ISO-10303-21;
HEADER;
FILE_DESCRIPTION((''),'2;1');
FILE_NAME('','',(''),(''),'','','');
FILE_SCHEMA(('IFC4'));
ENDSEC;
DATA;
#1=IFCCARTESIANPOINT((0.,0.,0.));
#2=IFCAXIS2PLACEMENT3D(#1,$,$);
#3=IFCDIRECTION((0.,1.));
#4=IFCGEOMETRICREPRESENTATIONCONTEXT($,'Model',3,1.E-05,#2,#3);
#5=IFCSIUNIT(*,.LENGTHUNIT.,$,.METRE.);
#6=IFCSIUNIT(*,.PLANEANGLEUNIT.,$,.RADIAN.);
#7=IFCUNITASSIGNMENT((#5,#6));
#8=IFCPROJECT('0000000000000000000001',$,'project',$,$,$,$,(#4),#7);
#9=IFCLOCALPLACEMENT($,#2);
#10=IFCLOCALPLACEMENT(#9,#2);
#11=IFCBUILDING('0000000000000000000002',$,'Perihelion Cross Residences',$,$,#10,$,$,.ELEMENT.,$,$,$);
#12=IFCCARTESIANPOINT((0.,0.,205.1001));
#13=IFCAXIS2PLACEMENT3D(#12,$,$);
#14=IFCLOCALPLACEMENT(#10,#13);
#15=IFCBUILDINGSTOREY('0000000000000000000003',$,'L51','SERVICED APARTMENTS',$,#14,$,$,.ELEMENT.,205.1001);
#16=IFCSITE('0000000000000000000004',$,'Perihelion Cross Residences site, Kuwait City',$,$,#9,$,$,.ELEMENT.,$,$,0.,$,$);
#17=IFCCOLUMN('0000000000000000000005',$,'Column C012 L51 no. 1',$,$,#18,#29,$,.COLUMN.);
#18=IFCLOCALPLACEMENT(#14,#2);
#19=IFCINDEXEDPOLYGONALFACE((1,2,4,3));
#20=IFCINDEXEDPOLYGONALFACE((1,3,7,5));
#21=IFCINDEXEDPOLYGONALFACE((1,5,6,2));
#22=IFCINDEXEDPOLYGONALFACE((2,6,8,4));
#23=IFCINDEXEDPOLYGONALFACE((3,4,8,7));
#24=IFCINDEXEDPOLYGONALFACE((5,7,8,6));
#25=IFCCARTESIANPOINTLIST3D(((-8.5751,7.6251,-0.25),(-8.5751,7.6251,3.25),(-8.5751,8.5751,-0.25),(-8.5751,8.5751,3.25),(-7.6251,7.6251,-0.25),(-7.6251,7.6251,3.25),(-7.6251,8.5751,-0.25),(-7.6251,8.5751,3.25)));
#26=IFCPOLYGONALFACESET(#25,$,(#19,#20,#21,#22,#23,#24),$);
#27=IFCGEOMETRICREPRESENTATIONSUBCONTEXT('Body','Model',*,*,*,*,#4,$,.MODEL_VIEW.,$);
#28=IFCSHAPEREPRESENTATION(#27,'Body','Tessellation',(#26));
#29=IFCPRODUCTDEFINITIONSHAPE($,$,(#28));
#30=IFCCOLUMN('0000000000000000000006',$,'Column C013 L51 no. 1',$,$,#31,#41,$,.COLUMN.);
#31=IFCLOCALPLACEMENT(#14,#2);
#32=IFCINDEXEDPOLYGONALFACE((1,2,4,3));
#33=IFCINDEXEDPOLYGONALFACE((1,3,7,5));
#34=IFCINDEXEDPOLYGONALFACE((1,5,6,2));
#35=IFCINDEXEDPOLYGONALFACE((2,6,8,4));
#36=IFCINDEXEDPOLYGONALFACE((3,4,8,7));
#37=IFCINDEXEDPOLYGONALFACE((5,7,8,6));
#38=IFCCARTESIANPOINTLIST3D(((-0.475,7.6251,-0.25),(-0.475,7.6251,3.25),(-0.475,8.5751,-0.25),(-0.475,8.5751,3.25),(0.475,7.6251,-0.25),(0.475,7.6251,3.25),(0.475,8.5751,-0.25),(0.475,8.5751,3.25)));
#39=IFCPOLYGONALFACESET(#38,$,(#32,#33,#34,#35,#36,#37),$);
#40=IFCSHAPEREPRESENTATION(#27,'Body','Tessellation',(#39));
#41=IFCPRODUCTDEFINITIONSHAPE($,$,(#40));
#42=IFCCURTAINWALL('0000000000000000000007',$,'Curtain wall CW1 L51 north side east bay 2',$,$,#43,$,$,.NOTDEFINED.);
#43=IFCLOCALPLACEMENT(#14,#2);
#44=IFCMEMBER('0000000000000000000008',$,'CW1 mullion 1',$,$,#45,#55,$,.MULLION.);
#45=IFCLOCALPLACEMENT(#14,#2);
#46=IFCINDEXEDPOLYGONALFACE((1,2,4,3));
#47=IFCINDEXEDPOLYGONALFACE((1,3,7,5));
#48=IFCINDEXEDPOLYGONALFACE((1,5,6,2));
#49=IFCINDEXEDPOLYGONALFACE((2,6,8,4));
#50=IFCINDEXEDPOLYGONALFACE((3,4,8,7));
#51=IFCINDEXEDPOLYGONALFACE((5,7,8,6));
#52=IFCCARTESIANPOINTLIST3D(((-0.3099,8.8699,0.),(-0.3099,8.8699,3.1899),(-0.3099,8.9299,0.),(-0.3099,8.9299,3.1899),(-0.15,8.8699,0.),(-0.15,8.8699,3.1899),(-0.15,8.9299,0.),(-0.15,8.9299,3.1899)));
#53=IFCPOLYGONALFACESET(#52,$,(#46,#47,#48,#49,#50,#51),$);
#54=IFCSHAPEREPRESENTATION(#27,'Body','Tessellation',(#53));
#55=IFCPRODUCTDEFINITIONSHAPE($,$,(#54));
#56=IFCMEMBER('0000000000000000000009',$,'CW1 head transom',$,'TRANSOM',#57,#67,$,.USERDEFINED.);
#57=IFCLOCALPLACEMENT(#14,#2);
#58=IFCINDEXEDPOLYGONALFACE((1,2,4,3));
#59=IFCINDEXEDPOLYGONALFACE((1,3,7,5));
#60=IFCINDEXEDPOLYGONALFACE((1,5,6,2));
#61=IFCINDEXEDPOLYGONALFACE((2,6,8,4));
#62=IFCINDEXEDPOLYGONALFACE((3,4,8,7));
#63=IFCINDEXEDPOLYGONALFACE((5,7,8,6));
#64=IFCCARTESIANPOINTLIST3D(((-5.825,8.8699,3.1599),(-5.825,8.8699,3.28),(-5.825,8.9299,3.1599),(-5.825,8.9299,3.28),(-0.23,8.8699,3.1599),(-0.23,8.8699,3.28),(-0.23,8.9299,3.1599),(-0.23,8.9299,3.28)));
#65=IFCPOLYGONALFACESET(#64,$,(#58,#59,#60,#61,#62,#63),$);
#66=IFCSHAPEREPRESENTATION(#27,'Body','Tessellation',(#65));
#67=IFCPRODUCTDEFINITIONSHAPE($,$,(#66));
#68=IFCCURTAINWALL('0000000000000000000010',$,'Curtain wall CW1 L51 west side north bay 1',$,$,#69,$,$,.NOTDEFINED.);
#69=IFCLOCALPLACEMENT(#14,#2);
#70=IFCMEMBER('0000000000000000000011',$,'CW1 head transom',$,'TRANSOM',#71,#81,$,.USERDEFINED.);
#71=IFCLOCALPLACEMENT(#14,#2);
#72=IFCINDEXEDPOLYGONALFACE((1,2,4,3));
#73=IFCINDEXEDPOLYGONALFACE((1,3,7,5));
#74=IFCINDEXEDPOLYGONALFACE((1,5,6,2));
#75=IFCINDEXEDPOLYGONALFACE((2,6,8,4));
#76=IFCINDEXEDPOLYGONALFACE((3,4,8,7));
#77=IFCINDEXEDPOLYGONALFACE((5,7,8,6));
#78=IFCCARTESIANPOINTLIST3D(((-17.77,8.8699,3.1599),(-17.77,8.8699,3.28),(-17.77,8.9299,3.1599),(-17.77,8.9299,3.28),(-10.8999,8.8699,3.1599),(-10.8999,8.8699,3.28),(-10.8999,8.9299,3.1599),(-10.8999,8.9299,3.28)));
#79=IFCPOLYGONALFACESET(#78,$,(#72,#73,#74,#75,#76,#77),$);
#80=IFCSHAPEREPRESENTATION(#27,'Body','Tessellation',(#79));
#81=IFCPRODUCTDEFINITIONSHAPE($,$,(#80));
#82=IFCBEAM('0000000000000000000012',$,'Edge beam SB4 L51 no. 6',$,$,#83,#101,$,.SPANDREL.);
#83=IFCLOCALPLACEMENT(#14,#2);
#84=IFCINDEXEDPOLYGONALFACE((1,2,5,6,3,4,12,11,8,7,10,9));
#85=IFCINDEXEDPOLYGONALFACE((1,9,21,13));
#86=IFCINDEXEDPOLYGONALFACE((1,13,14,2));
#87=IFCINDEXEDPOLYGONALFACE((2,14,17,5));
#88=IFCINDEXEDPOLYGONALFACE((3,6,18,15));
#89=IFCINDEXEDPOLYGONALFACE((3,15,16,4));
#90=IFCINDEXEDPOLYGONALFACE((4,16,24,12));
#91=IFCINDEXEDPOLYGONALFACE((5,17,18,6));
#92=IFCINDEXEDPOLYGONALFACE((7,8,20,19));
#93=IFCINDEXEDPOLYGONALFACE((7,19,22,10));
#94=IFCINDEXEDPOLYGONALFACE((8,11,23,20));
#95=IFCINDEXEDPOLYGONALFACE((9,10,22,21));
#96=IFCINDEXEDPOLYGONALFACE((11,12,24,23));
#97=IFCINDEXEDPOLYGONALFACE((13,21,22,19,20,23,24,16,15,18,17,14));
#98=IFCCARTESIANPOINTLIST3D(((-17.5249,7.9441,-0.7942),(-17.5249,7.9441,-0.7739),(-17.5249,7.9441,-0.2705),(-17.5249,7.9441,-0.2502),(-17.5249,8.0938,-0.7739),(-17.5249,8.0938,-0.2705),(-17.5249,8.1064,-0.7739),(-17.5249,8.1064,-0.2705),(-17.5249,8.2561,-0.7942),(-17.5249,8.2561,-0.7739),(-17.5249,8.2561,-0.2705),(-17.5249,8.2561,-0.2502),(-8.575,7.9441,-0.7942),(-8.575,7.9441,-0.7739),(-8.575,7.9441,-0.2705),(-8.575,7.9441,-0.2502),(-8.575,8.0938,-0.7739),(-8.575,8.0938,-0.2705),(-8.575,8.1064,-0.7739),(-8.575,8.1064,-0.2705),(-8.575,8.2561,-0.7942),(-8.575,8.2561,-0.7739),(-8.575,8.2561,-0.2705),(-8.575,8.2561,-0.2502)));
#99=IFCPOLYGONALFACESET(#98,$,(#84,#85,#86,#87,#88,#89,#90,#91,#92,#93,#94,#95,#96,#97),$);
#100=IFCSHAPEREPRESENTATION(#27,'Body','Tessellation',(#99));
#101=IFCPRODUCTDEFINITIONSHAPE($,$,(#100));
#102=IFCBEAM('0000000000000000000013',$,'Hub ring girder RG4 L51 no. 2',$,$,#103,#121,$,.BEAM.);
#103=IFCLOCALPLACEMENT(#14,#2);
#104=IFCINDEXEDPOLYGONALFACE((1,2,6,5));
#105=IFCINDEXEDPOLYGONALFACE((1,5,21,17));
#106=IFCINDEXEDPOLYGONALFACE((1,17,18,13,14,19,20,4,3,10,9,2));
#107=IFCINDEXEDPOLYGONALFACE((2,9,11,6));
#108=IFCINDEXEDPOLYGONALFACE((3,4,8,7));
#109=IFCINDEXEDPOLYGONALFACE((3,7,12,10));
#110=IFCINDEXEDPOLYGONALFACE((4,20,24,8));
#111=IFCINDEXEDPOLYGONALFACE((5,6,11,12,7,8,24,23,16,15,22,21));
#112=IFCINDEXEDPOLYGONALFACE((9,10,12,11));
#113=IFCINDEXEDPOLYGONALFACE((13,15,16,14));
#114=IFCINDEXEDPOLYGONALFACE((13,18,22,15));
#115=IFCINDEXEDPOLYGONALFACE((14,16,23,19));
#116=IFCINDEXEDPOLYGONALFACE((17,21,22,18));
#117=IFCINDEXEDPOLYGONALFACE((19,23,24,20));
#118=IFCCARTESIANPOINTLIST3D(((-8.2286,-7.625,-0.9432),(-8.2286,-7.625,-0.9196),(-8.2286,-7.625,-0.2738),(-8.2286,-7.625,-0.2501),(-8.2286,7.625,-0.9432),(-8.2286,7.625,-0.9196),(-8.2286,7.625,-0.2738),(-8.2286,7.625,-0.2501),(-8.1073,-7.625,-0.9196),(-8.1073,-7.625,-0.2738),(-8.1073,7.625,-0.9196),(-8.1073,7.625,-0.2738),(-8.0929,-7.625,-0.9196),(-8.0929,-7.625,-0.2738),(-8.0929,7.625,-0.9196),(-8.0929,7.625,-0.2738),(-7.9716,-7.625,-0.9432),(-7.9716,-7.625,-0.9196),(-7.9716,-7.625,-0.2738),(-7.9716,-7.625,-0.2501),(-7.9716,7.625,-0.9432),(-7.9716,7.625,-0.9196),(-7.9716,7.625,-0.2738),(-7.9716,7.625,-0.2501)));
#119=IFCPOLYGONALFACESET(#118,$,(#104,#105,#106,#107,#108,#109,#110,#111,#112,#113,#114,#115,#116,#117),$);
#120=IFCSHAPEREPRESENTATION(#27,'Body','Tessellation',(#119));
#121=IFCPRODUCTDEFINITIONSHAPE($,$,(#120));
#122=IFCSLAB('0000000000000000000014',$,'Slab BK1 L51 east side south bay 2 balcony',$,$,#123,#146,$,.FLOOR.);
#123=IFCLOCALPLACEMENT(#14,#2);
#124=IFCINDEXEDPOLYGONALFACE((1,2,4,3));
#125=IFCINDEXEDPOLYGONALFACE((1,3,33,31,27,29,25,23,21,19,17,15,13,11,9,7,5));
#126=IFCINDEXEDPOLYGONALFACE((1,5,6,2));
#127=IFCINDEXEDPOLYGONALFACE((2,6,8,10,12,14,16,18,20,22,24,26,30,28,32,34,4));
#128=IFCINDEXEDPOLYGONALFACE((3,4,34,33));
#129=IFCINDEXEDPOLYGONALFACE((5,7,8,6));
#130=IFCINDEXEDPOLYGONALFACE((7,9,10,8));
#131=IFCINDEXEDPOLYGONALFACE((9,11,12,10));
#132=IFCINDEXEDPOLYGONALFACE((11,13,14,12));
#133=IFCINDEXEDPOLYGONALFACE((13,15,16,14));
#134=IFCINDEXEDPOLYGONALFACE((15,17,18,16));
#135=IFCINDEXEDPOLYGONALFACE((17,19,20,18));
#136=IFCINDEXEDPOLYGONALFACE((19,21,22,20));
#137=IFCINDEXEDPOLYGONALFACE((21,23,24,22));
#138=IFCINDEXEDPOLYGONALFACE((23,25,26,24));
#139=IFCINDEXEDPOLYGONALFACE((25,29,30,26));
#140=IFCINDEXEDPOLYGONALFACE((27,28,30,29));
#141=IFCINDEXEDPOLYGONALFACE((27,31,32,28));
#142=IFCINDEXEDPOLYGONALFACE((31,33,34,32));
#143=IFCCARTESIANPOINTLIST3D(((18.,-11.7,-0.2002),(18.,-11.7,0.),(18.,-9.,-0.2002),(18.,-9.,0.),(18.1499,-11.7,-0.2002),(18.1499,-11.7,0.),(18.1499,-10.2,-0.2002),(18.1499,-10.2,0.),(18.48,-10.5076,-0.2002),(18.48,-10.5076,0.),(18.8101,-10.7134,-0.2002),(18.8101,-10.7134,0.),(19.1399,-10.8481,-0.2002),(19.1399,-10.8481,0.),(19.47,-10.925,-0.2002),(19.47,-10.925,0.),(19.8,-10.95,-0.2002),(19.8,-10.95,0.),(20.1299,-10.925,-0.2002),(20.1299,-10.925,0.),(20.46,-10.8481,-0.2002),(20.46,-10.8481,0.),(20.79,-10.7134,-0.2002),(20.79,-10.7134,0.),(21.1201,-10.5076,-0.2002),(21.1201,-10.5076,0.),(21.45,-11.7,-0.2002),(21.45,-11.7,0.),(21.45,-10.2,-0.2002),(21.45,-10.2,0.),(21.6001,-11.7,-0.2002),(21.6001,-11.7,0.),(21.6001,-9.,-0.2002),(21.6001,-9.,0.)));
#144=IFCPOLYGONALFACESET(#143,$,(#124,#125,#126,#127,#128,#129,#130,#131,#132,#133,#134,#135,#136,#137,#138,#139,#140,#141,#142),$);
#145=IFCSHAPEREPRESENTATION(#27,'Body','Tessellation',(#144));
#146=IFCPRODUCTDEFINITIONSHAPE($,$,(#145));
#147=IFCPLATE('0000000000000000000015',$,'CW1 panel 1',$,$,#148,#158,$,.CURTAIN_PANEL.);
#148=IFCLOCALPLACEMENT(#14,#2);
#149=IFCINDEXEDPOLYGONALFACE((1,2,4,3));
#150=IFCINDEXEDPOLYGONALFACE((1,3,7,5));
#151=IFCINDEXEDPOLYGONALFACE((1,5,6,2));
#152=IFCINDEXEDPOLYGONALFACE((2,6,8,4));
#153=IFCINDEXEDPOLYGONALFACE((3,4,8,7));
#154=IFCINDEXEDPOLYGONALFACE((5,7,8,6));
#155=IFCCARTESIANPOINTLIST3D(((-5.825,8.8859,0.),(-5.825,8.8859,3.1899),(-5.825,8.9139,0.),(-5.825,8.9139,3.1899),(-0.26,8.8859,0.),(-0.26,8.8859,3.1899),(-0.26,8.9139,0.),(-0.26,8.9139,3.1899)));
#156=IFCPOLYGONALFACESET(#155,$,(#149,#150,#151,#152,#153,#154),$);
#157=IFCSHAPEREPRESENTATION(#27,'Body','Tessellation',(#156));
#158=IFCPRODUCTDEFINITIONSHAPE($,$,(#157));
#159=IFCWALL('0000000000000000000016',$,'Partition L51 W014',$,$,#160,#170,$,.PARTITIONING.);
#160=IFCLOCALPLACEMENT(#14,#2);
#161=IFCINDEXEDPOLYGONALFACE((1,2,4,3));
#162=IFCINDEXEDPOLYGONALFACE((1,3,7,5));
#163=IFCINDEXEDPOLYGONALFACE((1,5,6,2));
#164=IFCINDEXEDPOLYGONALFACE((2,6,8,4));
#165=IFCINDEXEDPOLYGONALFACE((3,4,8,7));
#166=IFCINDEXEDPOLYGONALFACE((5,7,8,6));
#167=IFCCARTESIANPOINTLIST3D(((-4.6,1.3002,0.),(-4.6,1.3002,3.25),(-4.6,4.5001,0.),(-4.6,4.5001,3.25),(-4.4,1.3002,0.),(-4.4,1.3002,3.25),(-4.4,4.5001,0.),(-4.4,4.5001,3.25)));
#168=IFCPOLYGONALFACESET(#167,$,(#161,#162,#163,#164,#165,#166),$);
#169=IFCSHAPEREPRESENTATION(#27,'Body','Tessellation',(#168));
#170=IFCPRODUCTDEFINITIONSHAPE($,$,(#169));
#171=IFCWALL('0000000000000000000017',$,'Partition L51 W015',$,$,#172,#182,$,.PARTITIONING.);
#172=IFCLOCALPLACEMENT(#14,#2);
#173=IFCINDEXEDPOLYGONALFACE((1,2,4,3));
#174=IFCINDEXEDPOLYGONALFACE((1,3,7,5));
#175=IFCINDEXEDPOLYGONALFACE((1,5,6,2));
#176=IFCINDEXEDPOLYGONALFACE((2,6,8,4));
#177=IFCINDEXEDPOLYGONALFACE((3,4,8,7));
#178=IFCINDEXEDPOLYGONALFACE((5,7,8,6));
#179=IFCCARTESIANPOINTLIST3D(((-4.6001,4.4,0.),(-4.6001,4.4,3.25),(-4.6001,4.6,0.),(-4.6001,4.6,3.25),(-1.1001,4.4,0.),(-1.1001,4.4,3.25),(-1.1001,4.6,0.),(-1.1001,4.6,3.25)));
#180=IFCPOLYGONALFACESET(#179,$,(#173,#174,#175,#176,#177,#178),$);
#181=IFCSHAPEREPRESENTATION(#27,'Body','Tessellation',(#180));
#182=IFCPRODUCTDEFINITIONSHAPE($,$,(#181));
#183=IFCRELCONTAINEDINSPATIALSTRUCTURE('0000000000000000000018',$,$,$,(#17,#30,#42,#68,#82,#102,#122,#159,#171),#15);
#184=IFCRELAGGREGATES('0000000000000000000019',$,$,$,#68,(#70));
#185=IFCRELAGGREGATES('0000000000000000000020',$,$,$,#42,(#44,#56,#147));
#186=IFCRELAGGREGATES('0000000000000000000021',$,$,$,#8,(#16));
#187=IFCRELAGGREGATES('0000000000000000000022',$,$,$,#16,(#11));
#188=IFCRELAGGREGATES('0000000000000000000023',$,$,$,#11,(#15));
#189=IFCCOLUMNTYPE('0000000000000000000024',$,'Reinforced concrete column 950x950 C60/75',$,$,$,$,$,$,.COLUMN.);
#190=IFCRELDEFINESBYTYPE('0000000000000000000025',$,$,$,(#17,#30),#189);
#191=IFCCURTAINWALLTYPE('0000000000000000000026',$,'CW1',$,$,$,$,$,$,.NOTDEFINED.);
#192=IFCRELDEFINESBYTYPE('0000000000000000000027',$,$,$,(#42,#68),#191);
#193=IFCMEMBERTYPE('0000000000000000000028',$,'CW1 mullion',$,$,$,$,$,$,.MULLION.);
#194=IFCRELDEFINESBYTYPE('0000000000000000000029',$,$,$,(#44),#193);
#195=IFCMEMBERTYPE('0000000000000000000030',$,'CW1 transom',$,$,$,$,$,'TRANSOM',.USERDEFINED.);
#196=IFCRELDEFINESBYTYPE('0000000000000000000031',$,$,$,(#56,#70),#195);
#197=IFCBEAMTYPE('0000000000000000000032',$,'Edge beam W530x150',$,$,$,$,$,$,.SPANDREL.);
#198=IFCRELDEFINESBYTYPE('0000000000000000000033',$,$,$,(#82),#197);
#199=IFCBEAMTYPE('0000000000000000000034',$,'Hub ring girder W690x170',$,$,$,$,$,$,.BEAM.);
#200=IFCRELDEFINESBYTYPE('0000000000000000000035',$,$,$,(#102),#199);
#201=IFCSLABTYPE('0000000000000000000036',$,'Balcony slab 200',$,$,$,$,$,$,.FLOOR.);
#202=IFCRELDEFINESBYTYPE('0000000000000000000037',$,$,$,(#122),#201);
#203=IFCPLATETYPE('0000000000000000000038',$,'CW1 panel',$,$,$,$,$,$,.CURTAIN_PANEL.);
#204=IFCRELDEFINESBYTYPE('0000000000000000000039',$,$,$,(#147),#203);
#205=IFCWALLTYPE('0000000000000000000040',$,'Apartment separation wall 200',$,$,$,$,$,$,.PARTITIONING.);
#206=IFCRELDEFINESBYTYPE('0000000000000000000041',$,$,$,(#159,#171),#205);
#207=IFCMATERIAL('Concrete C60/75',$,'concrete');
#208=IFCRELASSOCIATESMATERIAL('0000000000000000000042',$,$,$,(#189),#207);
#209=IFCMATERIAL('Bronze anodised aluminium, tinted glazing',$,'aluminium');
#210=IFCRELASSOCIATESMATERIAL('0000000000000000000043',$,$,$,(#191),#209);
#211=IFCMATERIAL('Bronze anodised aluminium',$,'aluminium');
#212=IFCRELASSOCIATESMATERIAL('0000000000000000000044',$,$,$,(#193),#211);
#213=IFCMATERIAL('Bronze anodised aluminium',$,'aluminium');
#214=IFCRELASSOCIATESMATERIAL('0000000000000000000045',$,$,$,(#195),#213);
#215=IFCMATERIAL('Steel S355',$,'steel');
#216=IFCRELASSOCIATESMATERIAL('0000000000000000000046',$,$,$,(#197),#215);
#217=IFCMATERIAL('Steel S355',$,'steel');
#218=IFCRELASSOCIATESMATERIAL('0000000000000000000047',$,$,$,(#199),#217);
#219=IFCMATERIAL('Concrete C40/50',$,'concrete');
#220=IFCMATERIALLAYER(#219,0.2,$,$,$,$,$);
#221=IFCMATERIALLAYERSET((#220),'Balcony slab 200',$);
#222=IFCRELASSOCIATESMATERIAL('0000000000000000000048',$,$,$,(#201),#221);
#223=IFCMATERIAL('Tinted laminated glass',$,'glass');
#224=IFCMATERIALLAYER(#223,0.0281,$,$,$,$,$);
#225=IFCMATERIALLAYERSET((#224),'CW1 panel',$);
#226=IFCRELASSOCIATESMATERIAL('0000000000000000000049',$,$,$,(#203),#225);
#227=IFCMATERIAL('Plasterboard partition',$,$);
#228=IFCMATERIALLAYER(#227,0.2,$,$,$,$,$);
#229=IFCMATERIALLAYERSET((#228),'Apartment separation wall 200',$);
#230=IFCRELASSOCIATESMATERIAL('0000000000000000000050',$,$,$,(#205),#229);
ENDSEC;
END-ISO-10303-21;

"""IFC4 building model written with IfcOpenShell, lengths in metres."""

from ifc_helpers import new_model, si_unit, direction, frame, frame_2d, origin, origin_2d, place, context, subcontext, project, spatial, polyline, rectangle, i_section, outline, extrude, material, layer, layer_set, material_profile, profile_set, type_object, element, aggregate, save


model = new_model("IFC4")

# Units and contexts
model_context = context("Model", 3, precision=1e-05, world=origin(), true_north=direction((0.0, 1.0)))
body_context = subcontext(model_context, "Body", "Model", "MODEL_VIEW")
ifc_project = project(units=[si_unit("LENGTHUNIT", "METRE"), si_unit("PLANEANGLEUNIT", "RADIAN")], contexts=[model_context])

# Site, building, storey
site_placement = place(None, origin())
site = spatial("IfcSite", under=ifc_project, at=site_placement, Name="Perihelion Cross Residences site, Kuwait City", CompositionType="ELEMENT", RefElevation=0.0)
building_placement = place(site_placement, origin())
building = spatial("IfcBuilding", under=site, at=building_placement, Name="Perihelion Cross Residences", CompositionType="ELEMENT")
storey_placement = place(building_placement, frame((0.0, 0.0, 205.1001)))
storey = spatial("IfcBuildingStorey", under=building, at=storey_placement, Name="L51", Description="SERVICED APARTMENTS", CompositionType="ELEMENT", Elevation=205.1001)

# Columns
ifc_material_1 = material(Name="Concrete C60/75", Category="concrete")
ifc_material_profile_1 = material_profile(ifc_material_1, rectangle(XDim=0.95, YDim=0.95, at=origin_2d()), Name="RC 950x950")
ifc_profile_set_1 = profile_set([ifc_material_profile_1], Name="Concrete C60/75")
column_type = type_object("IfcColumnType", Name="Reinforced concrete column 950x950 C60/75", PredefinedType="COLUMN", material=ifc_profile_set_1)
for number, where, z_axis, x_axis, name in (
    (1, (-8.1001, 8.1001, -0.25), (0.0, 0.0, 1.0), (1.0, 0.0, 0.0), "Column C012 L51 no. 1"),
    (2, (0.0, 8.1001, -0.25), (0.0, 0.0, 1.0), (1.0, 0.0, 0.0), "Column C013 L51 no. 1"),
):
    element("IfcColumn", number, at=place(storey_placement, frame(where, z_axis=z_axis, x_axis=x_axis)), inside=storey, type_object=column_type, Name=name, PredefinedType="COLUMN", context=body_context, shape_type="SweptSolid", body=[
        extrude(rectangle(XDim=0.95, YDim=0.95, at=origin_2d()), origin(), (0.0, 0.0, 1.0), 3.5),
    ])

# Curtain wall, members
ifc_material_2 = material(Name="Bronze anodised aluminium, tinted glazing", Category="aluminium")
curtain_wall_type = type_object("IfcCurtainWallType", Name="CW1", PredefinedType="NOTDEFINED", material=ifc_material_2)
curtain_wall_1_placement = place(storey_placement, origin())
curtain_wall_1 = element("IfcCurtainWall", 3, at=curtain_wall_1_placement, inside=storey, type_object=curtain_wall_type, Name="Curtain wall CW1 L51 north side east bay 2", PredefinedType="NOTDEFINED")
ifc_material_3 = material(Name="Bronze anodised aluminium", Category="aluminium")
ifc_material_profile_2 = material_profile(ifc_material_3, rectangle(XDim=0.0601, YDim=0.1599, at=origin_2d()), Name="CW1 mullion")
ifc_profile_set_2 = profile_set([ifc_material_profile_2], Name="Bronze anodised aluminium")
member_type_1 = type_object("IfcMemberType", Name="CW1 mullion", PredefinedType="MULLION", material=ifc_profile_set_2)
member_1_placement = place(storey_placement, frame((-0.23, 8.8999, 0.0), z_axis=(0.0, 0.0, 1.0), x_axis=(0.0, -1.0, 0.0)))
member_1 = element("IfcMember", 4, at=member_1_placement, type_object=member_type_1, Name="CW1 mullion 1", PredefinedType="MULLION", context=body_context, shape_type="SweptSolid", body=[
    extrude(rectangle(XDim=0.0601, YDim=0.1599, at=origin_2d()), origin(), (0.0, 0.0, 1.0), 3.1899),
])
ifc_material_4 = material(Name="Bronze anodised aluminium", Category="aluminium")
ifc_material_profile_3 = material_profile(ifc_material_4, rectangle(XDim=0.0601, YDim=0.1201, at=origin_2d()), Name="CW1 transom")
ifc_profile_set_3 = profile_set([ifc_material_profile_3], Name="Bronze anodised aluminium")
member_type_2 = type_object("IfcMemberType", Name="CW1 transom", ElementType="TRANSOM", PredefinedType="USERDEFINED", material=ifc_profile_set_3)
member_2_placement = place(storey_placement, frame((-0.23, 8.8999, 3.22), z_axis=(-1.0, 0.0, 0.0), x_axis=(0.0, -1.0, 0.0)))
member_2 = element("IfcMember", 5, at=member_2_placement, type_object=member_type_2, Name="CW1 head transom", ObjectType="TRANSOM", PredefinedType="USERDEFINED", context=body_context, shape_type="SweptSolid", body=[
    extrude(rectangle(XDim=0.0601, YDim=0.1201, at=origin_2d()), origin(), (0.0, 0.0, 1.0), 5.595),
])

# Curtain wall, member
curtain_wall_2_placement = place(storey_placement, origin())
curtain_wall_2 = element("IfcCurtainWall", 6, at=curtain_wall_2_placement, inside=storey, type_object=curtain_wall_type, Name="Curtain wall CW1 L51 west side north bay 1", PredefinedType="NOTDEFINED")
member_3_placement = place(storey_placement, frame((-10.8999, 8.8999, 3.22), z_axis=(-1.0, 0.0, 0.0), x_axis=(0.0, -1.0, 0.0)))
member_3 = element("IfcMember", 7, at=member_3_placement, type_object=member_type_2, Name="CW1 head transom", ObjectType="TRANSOM", PredefinedType="USERDEFINED", context=body_context, shape_type="SweptSolid", body=[
    extrude(rectangle(XDim=0.0601, YDim=0.1201, at=origin_2d()), origin(), (0.0, 0.0, 1.0), 6.8701),
])
aggregate(curtain_wall_2, [member_3])

# Beams
ifc_material_5 = material(Name="Steel S355", Category="steel")
ifc_material_profile_4 = material_profile(ifc_material_5, i_section(OverallWidth=0.312, OverallDepth=0.5439, WebThickness=0.0127, FlangeThickness=0.0203, at=origin_2d()), Name="W530x150")
ifc_profile_set_4 = profile_set([ifc_material_profile_4], Name="Steel S355")
beam_type_1 = type_object("IfcBeamType", Name="Edge beam W530x150", PredefinedType="SPANDREL", material=ifc_profile_set_4)
beam_1_placement = place(storey_placement, frame((-8.575, 8.1001, -0.5222), z_axis=(-1.0, 0.0, 0.0), x_axis=(0.0, -1.0, 0.0)))
element("IfcBeam", 8, at=beam_1_placement, inside=storey, type_object=beam_type_1, Name="Edge beam SB4 L51 no. 6", PredefinedType="SPANDREL", context=body_context, shape_type="SweptSolid", body=[
    extrude(i_section(OverallWidth=0.312, OverallDepth=0.5439, WebThickness=0.0127, FlangeThickness=0.0203, at=origin_2d()), origin(), (0.0, 0.0, 1.0), 8.95),
])
ifc_material_6 = material(Name="Steel S355", Category="steel")
ifc_material_profile_5 = material_profile(ifc_material_6, i_section(OverallWidth=0.2571, OverallDepth=0.6931, WebThickness=0.0144, FlangeThickness=0.0237, at=origin_2d()), Name="W690x170")
ifc_profile_set_5 = profile_set([ifc_material_profile_5], Name="Steel S355")
beam_type_2 = type_object("IfcBeamType", Name="Hub ring girder W690x170", PredefinedType="BEAM", material=ifc_profile_set_5)
beam_2_placement = place(storey_placement, frame((-8.1001, 7.625, -0.5967), z_axis=(0.0, -1.0, 0.0), x_axis=(1.0, 0.0, 0.0)))
element("IfcBeam", 9, at=beam_2_placement, inside=storey, type_object=beam_type_2, Name="Hub ring girder RG4 L51 no. 2", PredefinedType="BEAM", context=body_context, shape_type="SweptSolid", body=[
    extrude(i_section(OverallWidth=0.2571, OverallDepth=0.6931, WebThickness=0.0144, FlangeThickness=0.0237, at=origin_2d()), origin(), (0.0, 0.0, 1.0), 15.25),
])

# Slab
ifc_material_7 = material(Name="Concrete C40/50", Category="concrete")
ifc_layer_1 = layer(ifc_material_7, 0.2)
ifc_layer_set_1 = layer_set([ifc_layer_1], Name="Balcony slab 200")
slab_type = type_object("IfcSlabType", Name="Balcony slab 200", PredefinedType="FLOOR", material=ifc_layer_set_1)
slab_placement = place(storey_placement, frame((0.0, 0.0, -0.2002)))
element("IfcSlab", 10, at=slab_placement, inside=storey, type_object=slab_type, Name="Slab BK1 L51 east side south bay 2 balcony", PredefinedType="FLOOR", context=body_context, shape_type="SweptSolid", body=[
    extrude(outline(polyline([(18.0, -9.0), (21.6001, -9.0), (21.6001, -11.7), (21.45, -11.7), (21.45, -10.2), (21.1201, -10.5076), (20.79, -10.7134), (20.46, -10.8481), (20.1299, -10.925), (19.8, -10.95), (19.47, -10.925), (19.1399, -10.8481), (18.8101, -10.7134), (18.48, -10.5076), (18.1499, -10.2), (18.1499, -11.7), (18.0, -11.7), (18.0, -9.0)])), origin(), (0.0, 0.0, 1.0), 0.2002),
])

# Plate
ifc_material_8 = material(Name="Tinted laminated glass", Category="glass")
ifc_layer_2 = layer(ifc_material_8, 0.0281)
ifc_layer_set_2 = layer_set([ifc_layer_2], Name="CW1 panel")
plate_type = type_object("IfcPlateType", Name="CW1 panel", PredefinedType="CURTAIN_PANEL", material=ifc_layer_set_2)
plate_placement = place(storey_placement, frame((-3.0425, 8.8999, 0.0), z_axis=(0.0, 0.0, 1.0), x_axis=(-1.0, 0.0, 0.0)))
plate = element("IfcPlate", 11, at=plate_placement, type_object=plate_type, Name="CW1 panel 1", PredefinedType="CURTAIN_PANEL", context=body_context, shape_type="SweptSolid", body=[
    extrude(rectangle(XDim=5.5649, YDim=0.0281, at=origin_2d()), origin(), (0.0, 0.0, 1.0), 3.1899),
])
aggregate(curtain_wall_1, [member_1, member_2, plate])

# Walls
ifc_material_9 = material(Name="Plasterboard partition")
ifc_layer_3 = layer(ifc_material_9, 0.2)
ifc_layer_set_3 = layer_set([ifc_layer_3], Name="Apartment separation wall 200")
wall_type_1 = type_object("IfcWallType", Name="Apartment separation wall 200", PredefinedType="PARTITIONING", material=ifc_layer_set_3)
wall_1_placement = place(storey_placement, frame((-4.5, 1.3, 0.0), z_axis=(0.0, 0.0, 1.0), x_axis=(0.0, 1.0, 0.0)))
element("IfcWall", 12, at=wall_1_placement, inside=storey, type_object=wall_type_1, Name="Partition L51 W014", PredefinedType="PARTITIONING", context=body_context, shape_type="SweptSolid", body=[
    extrude(rectangle(XDim=3.2, YDim=0.2, at=frame_2d((1.6001, 0.0))), origin(), (0.0, 0.0, 1.0), 3.25),
])
wall_2_placement = place(storey_placement, frame((-4.6001, 4.5, 0.0), z_axis=(0.0, 0.0, 1.0), x_axis=(1.0, 0.0, 0.0)))
element("IfcWall", 13, at=wall_2_placement, inside=storey, type_object=wall_type_1, Name="Partition L51 W015", PredefinedType="PARTITIONING", context=body_context, shape_type="SweptSolid", body=[
    extrude(rectangle(XDim=3.5, YDim=0.2, at=frame_2d((1.75, 0.0))), origin(), (0.0, 0.0, 1.0), 3.25),
])

save(model, "model.ifc")
